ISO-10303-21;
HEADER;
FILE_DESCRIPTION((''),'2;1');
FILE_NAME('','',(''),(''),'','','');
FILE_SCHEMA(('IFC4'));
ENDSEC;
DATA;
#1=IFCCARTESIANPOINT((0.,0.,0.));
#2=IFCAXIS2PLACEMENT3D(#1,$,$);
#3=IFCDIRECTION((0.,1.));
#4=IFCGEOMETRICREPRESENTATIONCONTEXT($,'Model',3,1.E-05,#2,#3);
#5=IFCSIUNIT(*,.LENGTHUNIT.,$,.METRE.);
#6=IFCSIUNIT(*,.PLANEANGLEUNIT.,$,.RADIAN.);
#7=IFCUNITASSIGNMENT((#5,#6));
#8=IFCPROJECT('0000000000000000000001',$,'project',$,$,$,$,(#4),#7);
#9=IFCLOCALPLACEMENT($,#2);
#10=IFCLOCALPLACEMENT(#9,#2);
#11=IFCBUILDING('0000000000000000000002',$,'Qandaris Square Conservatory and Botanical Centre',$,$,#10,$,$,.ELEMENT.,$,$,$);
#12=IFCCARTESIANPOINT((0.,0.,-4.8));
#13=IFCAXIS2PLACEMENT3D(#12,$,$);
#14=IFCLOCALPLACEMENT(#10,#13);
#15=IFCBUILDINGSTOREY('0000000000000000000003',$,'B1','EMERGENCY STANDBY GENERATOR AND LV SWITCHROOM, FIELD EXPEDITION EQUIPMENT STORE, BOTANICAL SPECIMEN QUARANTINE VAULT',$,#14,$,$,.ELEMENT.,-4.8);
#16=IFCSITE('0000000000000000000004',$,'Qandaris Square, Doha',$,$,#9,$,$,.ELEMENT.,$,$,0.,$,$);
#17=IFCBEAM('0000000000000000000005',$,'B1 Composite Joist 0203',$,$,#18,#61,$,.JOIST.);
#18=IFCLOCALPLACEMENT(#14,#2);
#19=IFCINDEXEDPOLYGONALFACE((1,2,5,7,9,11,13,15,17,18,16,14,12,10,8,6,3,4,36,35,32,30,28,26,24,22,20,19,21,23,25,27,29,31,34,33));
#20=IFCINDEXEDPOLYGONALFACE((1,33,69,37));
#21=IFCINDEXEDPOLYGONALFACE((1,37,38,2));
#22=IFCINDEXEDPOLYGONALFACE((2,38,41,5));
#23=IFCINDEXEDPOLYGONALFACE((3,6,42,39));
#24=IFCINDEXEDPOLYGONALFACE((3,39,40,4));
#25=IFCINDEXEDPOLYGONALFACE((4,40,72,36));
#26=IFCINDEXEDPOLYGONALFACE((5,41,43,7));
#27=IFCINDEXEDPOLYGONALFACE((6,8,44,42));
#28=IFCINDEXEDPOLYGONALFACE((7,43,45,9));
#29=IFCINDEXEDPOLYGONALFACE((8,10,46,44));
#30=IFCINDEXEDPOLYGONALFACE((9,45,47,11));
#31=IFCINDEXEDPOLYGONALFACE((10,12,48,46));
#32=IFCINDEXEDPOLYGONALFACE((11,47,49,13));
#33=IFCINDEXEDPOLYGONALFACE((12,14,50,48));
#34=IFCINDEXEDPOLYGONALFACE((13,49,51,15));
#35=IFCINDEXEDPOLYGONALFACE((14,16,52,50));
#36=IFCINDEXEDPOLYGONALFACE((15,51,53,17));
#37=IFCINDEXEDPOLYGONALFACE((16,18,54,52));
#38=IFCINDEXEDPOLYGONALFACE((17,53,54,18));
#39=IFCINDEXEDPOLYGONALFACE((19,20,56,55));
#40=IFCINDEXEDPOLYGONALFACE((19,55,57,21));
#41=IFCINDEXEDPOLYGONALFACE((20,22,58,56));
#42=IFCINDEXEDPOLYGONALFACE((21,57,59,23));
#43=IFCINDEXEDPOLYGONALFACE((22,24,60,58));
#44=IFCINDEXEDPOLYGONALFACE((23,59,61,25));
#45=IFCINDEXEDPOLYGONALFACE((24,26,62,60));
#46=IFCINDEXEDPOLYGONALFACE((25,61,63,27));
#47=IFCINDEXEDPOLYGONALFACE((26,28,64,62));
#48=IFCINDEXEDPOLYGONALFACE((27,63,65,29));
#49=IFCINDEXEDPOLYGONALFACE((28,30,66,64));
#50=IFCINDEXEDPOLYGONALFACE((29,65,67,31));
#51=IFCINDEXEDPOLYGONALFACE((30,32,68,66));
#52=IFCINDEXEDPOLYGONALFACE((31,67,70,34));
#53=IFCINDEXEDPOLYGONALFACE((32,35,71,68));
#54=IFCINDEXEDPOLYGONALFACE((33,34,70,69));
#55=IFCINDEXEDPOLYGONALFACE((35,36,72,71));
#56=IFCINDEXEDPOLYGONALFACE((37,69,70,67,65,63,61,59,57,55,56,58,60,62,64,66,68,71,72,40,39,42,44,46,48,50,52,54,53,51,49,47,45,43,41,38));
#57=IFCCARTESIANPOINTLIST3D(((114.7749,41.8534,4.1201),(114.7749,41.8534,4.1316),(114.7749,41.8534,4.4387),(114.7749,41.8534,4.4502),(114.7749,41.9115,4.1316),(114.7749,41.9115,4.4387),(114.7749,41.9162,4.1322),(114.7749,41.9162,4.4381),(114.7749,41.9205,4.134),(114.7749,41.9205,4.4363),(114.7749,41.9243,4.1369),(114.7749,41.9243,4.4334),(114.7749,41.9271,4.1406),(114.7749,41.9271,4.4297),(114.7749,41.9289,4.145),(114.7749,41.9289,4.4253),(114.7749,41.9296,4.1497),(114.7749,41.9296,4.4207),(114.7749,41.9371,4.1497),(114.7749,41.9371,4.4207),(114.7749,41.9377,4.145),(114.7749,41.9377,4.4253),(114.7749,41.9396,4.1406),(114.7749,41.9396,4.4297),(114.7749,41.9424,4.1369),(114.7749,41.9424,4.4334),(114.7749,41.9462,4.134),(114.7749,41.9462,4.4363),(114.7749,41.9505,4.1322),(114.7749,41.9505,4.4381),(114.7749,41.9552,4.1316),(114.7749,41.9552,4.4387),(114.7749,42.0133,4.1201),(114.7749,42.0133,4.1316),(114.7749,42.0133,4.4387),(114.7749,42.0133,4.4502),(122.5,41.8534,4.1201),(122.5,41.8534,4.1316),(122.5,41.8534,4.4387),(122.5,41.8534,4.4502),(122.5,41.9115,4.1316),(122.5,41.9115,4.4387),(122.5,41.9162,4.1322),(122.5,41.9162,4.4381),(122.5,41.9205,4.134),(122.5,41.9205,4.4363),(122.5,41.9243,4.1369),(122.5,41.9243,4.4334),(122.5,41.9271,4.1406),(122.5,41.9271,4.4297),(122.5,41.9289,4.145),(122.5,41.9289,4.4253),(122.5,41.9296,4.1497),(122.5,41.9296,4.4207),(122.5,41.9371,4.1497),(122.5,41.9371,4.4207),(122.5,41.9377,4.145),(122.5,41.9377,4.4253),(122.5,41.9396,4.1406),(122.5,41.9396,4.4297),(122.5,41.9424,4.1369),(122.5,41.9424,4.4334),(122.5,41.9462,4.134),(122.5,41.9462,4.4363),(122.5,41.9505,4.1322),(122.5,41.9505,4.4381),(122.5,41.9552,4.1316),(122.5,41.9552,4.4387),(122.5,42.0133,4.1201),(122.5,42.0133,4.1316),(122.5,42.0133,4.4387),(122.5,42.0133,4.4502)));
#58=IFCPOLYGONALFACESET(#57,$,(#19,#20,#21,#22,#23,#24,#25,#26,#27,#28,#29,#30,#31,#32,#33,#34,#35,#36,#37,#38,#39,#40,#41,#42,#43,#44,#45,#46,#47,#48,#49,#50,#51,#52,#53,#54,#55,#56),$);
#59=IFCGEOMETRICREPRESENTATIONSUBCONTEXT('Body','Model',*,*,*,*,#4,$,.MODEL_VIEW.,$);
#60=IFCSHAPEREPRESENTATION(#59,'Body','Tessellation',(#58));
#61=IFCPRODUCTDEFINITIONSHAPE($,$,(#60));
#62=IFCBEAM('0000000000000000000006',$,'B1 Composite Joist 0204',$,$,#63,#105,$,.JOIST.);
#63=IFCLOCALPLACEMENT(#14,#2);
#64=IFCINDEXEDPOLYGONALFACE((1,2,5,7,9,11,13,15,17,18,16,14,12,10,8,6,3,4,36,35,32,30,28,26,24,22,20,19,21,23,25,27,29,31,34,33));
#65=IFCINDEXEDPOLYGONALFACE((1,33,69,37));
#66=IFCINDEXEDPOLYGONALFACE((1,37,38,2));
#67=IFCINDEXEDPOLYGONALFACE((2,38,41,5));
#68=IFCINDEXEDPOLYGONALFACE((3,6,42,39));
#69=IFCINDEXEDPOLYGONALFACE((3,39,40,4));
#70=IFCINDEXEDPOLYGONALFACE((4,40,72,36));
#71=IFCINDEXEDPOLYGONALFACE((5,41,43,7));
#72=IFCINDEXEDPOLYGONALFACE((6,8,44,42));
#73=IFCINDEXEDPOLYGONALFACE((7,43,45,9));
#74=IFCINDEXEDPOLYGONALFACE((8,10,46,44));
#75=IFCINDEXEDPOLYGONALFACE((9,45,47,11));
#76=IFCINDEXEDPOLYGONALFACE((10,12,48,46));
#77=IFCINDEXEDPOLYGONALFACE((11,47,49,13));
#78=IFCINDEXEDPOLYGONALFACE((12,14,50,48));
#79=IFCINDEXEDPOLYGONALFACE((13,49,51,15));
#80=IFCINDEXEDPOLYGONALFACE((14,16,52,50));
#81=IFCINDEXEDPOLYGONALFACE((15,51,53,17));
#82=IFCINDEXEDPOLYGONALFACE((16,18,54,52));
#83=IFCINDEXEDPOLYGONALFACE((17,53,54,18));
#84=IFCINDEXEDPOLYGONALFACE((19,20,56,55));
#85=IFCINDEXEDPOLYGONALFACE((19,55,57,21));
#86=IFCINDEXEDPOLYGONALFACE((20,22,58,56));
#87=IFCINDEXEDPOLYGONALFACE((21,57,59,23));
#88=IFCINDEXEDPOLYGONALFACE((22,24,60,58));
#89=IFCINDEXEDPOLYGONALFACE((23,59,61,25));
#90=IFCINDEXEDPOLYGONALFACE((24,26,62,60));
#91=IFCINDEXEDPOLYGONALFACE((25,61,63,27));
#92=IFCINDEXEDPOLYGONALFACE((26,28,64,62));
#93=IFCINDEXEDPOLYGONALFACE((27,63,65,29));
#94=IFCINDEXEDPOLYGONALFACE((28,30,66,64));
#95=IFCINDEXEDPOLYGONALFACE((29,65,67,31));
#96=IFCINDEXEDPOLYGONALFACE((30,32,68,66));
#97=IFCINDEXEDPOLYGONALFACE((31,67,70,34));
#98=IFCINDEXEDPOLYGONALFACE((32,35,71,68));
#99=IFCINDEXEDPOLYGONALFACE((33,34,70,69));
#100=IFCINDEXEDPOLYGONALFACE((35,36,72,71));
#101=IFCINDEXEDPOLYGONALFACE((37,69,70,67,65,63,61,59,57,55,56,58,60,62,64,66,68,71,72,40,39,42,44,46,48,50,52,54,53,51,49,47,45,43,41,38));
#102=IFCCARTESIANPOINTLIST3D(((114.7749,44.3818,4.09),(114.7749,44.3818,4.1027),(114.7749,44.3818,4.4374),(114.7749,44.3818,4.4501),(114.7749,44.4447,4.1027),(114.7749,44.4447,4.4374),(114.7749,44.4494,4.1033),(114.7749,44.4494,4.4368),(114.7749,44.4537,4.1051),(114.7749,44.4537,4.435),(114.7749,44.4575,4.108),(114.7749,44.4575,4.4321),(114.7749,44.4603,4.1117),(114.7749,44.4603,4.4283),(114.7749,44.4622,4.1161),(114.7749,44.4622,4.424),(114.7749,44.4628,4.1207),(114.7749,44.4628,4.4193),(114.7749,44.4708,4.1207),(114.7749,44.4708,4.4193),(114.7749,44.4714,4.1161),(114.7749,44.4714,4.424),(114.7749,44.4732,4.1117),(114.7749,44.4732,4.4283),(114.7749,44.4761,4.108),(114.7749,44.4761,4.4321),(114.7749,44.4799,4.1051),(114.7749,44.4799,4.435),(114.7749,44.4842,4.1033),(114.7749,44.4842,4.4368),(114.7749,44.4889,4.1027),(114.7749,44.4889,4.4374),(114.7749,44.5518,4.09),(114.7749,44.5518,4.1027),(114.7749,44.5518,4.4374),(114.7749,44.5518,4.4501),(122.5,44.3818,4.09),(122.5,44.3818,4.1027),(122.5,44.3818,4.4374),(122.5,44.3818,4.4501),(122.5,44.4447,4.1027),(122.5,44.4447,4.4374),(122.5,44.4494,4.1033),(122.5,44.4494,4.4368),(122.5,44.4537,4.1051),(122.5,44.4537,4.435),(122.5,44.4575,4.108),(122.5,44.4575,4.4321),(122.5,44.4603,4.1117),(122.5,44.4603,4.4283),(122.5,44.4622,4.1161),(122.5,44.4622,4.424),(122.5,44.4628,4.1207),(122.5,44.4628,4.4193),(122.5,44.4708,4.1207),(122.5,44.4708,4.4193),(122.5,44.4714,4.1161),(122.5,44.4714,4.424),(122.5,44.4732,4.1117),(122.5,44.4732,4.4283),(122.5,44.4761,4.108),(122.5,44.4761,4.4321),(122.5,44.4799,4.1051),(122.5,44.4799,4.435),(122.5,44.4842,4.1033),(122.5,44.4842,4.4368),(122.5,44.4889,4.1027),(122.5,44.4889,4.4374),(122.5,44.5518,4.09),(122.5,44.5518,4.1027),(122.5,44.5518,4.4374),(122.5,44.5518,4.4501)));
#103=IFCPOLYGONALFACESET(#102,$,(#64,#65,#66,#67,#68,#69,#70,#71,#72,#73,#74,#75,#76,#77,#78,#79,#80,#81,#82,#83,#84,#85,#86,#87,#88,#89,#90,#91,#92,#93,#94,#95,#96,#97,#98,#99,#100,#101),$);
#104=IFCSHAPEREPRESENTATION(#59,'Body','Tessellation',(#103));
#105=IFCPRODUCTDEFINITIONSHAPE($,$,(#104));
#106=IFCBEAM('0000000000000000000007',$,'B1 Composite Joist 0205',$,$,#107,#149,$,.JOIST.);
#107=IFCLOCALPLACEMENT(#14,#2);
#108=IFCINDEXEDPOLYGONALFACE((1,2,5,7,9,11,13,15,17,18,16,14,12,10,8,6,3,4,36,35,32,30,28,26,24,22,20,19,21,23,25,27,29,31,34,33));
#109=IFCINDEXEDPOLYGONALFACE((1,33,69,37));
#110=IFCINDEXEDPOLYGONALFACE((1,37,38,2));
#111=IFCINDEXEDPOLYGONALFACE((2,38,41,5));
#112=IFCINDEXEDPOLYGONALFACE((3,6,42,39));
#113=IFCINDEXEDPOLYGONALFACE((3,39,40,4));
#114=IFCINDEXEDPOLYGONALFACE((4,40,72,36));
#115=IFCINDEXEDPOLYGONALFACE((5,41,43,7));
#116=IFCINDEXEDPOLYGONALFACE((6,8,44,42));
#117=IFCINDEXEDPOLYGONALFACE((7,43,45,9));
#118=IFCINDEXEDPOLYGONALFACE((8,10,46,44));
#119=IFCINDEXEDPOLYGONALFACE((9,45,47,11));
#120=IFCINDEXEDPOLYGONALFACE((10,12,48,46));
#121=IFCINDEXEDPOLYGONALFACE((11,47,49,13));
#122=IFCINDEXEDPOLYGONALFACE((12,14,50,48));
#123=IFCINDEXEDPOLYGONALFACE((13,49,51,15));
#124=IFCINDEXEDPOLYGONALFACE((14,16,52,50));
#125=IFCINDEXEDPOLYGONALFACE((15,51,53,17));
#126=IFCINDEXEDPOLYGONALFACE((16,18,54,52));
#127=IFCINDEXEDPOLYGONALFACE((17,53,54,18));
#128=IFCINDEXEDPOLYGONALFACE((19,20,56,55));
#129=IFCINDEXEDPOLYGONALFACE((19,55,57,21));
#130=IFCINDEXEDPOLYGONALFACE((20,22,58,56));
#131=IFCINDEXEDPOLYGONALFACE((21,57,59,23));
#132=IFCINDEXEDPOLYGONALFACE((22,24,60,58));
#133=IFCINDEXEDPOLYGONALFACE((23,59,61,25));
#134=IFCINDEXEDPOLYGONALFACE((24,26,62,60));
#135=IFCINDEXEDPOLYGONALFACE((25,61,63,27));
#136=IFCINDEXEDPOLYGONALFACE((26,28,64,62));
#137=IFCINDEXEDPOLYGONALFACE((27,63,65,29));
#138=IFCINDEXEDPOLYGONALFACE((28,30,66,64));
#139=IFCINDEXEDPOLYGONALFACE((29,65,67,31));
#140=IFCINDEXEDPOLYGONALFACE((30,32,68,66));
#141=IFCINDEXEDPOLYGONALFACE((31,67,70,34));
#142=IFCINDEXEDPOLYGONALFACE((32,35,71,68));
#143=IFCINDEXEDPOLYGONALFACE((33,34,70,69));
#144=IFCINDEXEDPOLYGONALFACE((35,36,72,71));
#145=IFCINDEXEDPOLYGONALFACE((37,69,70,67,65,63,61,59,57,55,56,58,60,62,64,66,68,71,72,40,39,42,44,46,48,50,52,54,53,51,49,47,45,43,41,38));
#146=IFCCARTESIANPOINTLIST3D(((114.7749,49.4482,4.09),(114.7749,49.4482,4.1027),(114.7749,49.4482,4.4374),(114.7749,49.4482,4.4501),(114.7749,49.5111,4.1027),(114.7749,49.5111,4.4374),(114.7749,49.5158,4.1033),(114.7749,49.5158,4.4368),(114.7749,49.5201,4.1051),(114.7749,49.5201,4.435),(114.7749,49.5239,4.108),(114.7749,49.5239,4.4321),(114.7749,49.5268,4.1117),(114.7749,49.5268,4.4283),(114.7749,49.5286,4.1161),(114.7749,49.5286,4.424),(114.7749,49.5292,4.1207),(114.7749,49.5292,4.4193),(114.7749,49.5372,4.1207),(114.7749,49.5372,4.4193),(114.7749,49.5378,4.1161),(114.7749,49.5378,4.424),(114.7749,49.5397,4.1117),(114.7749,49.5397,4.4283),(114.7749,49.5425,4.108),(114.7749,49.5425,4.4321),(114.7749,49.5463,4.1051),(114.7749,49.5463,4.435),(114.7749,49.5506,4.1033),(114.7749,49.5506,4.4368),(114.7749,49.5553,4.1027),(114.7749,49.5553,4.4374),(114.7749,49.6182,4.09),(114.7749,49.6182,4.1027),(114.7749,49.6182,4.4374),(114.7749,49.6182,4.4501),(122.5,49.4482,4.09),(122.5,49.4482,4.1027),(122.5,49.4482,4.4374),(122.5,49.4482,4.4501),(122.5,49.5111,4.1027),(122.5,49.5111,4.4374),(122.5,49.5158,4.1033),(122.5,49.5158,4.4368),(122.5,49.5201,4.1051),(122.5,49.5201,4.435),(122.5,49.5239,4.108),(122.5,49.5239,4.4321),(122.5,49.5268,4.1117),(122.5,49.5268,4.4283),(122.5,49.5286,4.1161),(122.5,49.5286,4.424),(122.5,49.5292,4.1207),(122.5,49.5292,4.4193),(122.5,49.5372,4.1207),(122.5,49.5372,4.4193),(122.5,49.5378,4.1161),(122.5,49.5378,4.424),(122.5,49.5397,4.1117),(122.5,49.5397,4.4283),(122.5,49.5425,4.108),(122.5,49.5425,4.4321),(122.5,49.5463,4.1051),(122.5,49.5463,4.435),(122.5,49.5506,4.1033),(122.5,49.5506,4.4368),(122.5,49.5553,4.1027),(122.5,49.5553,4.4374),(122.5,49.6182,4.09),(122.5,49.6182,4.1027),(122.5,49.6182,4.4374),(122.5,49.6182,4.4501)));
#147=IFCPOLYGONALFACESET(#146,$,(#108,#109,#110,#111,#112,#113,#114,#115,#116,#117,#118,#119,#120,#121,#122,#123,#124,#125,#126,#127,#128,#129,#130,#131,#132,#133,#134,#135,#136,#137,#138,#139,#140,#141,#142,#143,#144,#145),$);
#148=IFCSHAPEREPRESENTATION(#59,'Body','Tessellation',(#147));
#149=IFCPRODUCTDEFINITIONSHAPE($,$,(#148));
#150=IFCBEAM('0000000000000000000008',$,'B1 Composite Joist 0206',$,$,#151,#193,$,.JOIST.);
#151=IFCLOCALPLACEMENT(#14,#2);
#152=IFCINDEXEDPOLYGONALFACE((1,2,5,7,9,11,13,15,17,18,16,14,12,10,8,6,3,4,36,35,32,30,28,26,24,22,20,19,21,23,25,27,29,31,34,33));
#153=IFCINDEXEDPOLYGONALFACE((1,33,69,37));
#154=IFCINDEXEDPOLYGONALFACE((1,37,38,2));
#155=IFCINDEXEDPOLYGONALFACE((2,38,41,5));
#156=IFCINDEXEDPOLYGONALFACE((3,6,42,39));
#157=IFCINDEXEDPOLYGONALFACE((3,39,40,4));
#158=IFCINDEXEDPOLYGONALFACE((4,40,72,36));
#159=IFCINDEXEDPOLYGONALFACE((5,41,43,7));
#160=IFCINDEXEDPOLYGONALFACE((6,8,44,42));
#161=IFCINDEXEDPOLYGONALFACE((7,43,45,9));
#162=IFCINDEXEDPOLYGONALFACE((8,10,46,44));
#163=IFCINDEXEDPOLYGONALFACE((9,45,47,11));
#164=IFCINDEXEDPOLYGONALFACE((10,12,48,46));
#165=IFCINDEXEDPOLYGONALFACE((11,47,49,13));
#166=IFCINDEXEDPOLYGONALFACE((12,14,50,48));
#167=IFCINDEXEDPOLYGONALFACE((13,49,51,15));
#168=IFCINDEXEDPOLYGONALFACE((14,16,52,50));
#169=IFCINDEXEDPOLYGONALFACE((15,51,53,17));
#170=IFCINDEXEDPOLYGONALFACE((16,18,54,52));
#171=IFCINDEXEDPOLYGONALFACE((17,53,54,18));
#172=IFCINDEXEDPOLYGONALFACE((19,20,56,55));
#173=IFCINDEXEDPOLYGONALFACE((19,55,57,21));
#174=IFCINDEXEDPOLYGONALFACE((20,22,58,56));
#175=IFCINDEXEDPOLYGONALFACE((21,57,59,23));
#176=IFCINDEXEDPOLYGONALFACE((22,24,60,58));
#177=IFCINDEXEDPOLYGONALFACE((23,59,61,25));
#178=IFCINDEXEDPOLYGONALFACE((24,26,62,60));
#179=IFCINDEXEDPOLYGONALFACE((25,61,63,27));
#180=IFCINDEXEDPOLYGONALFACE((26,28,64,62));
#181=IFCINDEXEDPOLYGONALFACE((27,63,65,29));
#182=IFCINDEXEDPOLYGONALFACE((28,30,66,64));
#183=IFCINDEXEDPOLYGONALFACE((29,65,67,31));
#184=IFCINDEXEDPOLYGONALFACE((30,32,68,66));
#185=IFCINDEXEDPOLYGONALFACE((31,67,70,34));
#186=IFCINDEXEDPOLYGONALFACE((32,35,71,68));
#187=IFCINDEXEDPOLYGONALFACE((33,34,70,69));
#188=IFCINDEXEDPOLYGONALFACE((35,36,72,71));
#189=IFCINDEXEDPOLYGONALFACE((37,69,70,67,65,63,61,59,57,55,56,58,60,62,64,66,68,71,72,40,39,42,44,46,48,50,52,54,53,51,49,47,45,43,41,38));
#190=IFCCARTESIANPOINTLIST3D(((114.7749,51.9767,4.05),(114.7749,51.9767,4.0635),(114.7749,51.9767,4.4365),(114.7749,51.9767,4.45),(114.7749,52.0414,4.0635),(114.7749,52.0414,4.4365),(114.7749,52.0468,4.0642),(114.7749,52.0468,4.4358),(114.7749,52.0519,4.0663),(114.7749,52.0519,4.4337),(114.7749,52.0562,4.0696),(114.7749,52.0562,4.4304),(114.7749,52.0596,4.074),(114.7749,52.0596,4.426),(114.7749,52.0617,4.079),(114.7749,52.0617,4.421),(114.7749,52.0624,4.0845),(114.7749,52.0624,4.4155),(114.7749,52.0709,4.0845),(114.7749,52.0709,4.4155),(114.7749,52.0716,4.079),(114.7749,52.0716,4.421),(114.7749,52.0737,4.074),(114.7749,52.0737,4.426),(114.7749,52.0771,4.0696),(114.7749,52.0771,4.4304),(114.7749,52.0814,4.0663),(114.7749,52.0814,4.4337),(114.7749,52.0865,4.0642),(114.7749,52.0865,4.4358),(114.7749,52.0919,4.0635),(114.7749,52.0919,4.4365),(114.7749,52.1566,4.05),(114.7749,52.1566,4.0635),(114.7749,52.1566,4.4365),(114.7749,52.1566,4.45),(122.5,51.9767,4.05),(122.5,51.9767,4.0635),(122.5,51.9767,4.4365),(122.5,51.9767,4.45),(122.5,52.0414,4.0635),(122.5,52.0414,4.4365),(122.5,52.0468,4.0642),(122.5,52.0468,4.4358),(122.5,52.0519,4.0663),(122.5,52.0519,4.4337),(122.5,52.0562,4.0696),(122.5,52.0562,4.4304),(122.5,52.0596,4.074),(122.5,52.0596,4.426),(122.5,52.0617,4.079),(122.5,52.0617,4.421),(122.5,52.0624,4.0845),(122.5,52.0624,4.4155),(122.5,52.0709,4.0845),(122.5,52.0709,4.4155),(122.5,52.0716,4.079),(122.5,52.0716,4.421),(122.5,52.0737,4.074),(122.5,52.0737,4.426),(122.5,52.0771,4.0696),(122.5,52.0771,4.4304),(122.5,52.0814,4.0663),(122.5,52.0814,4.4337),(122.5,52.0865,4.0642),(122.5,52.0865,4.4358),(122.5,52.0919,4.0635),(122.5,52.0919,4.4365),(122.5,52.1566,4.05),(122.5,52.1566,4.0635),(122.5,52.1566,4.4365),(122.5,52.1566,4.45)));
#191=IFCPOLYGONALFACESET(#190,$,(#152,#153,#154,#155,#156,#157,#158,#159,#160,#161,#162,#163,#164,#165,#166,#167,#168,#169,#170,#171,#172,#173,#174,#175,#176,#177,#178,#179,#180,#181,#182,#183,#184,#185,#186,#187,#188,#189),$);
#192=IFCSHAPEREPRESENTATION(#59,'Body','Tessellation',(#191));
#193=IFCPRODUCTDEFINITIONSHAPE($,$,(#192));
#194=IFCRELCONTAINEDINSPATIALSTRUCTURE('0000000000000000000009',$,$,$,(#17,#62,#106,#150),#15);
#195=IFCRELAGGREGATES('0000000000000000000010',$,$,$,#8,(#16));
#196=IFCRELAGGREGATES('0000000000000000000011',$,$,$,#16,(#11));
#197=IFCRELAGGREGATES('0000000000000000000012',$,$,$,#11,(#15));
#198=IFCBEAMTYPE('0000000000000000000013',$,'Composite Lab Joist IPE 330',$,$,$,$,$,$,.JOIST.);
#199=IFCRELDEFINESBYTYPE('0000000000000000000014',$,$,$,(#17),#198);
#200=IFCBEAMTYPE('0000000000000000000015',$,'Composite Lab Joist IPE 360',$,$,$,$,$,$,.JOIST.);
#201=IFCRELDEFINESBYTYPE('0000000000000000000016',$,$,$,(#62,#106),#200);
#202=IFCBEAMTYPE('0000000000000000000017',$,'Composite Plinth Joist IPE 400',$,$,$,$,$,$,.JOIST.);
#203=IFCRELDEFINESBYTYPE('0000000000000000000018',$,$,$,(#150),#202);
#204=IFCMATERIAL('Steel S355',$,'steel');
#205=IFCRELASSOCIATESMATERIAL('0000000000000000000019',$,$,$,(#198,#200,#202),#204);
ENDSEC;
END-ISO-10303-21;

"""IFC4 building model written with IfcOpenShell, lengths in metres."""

from ifc_helpers import new_model, si_unit, direction, frame, origin, origin_2d, place, context, subcontext, project, spatial, i_section, extrude, material, material_profile, profile_set, type_object, element, save


model = new_model("IFC4")

# Units and contexts
model_context = context("Model", 3, precision=1e-05, world=origin(), true_north=direction((0.0, 1.0)))
body_context = subcontext(model_context, "Body", "Model", "MODEL_VIEW")
ifc_project = project(units=[si_unit("LENGTHUNIT", "METRE"), si_unit("PLANEANGLEUNIT", "RADIAN")], contexts=[model_context])

# Site, building, storey
site_placement = place(None, origin())
site = spatial("IfcSite", under=ifc_project, at=site_placement, Name="Qandaris Square, Doha", CompositionType="ELEMENT", RefElevation=0.0)
building_placement = place(site_placement, origin())
building = spatial("IfcBuilding", under=site, at=building_placement, Name="Qandaris Square Conservatory and Botanical Centre", CompositionType="ELEMENT")
storey_placement = place(building_placement, frame((0.0, 0.0, -4.8)))
storey = spatial("IfcBuildingStorey", under=building, at=storey_placement, Name="B1", Description="EMERGENCY STANDBY GENERATOR AND LV SWITCHROOM, FIELD EXPEDITION EQUIPMENT STORE, BOTANICAL SPECIMEN QUARANTINE VAULT", CompositionType="ELEMENT", Elevation=-4.8)

# Beams
ifc_material_1 = material(Name="Steel S355", Category="steel")
ifc_material_profile_1 = material_profile(ifc_material_1, i_section(OverallWidth=0.1599, OverallDepth=0.3301, WebThickness=0.0076, FlangeThickness=0.0115, FilletRadius=0.0181, at=origin_2d()), Name="IPE 330")
ifc_profile_set_1 = profile_set([ifc_material_profile_1], Name="Steel S355")
beam_type_1 = type_object("IfcBeamType", Name="Composite Lab Joist IPE 330", PredefinedType="JOIST", material=ifc_profile_set_1)
beam_1_placement = place(storey_placement, frame((114.7749, 41.9333, 4.2852), z_axis=(1.0, 0.0, 0.0), x_axis=(0.0, 1.0, 0.0)))
element("IfcBeam", 1, at=beam_1_placement, inside=storey, type_object=beam_type_1, Name="B1 Composite Joist 0203", PredefinedType="JOIST", context=body_context, shape_type="SweptSolid", body=[
    extrude(i_section(OverallWidth=0.1599, OverallDepth=0.3301, WebThickness=0.0076, FlangeThickness=0.0115, FilletRadius=0.0181, at=origin_2d()), origin(), (0.0, 0.0, 1.0), 7.7251),
])
ifc_material_profile_2 = material_profile(ifc_material_1, i_section(OverallWidth=0.1699, OverallDepth=0.3601, WebThickness=0.0081, FlangeThickness=0.0127, FilletRadius=0.0181, at=origin_2d()), Name="IPE 360")
ifc_profile_set_2 = profile_set([ifc_material_profile_2], Name="Steel S355")
beam_type_2 = type_object("IfcBeamType", Name="Composite Lab Joist IPE 360", PredefinedType="JOIST", material=ifc_profile_set_2)
for number, where, z_axis, x_axis, name in (
    (2, (114.7749, 44.4668, 4.27), (1.0, 0.0, 0.0), (0.0, 1.0, 0.0), "B1 Composite Joist 0204"),
    (3, (114.7749, 49.5332, 4.27), (1.0, 0.0, 0.0), (0.0, 1.0, 0.0), "B1 Composite Joist 0205"),
):
    element("IfcBeam", number, at=place(storey_placement, frame(where, z_axis=z_axis, x_axis=x_axis)), inside=storey, type_object=beam_type_2, Name=name, PredefinedType="JOIST", context=body_context, shape_type="SweptSolid", body=[
        extrude(i_section(OverallWidth=0.1699, OverallDepth=0.3601, WebThickness=0.0081, FlangeThickness=0.0127, FilletRadius=0.0181, at=origin_2d()), origin(), (0.0, 0.0, 1.0), 7.7251),
    ])
ifc_material_profile_3 = material_profile(ifc_material_1, i_section(OverallWidth=0.1799, OverallDepth=0.3999, WebThickness=0.0085, FlangeThickness=0.0134, FilletRadius=0.021, at=origin_2d()), Name="IPE 400")
ifc_profile_set_3 = profile_set([ifc_material_profile_3], Name="Steel S355")
beam_type_3 = type_object("IfcBeamType", Name="Composite Plinth Joist IPE 400", PredefinedType="JOIST", material=ifc_profile_set_3)
beam_2_placement = place(storey_placement, frame((114.7749, 52.0667, 4.25), z_axis=(1.0, 0.0, 0.0), x_axis=(0.0, 1.0, 0.0)))
element("IfcBeam", 4, at=beam_2_placement, inside=storey, type_object=beam_type_3, Name="B1 Composite Joist 0206", PredefinedType="JOIST", context=body_context, shape_type="SweptSolid", body=[
    extrude(i_section(OverallWidth=0.1799, OverallDepth=0.3999, WebThickness=0.0085, FlangeThickness=0.0134, FilletRadius=0.021, at=origin_2d()), origin(), (0.0, 0.0, 1.0), 7.7251),
])

save(model, "model.ifc")
